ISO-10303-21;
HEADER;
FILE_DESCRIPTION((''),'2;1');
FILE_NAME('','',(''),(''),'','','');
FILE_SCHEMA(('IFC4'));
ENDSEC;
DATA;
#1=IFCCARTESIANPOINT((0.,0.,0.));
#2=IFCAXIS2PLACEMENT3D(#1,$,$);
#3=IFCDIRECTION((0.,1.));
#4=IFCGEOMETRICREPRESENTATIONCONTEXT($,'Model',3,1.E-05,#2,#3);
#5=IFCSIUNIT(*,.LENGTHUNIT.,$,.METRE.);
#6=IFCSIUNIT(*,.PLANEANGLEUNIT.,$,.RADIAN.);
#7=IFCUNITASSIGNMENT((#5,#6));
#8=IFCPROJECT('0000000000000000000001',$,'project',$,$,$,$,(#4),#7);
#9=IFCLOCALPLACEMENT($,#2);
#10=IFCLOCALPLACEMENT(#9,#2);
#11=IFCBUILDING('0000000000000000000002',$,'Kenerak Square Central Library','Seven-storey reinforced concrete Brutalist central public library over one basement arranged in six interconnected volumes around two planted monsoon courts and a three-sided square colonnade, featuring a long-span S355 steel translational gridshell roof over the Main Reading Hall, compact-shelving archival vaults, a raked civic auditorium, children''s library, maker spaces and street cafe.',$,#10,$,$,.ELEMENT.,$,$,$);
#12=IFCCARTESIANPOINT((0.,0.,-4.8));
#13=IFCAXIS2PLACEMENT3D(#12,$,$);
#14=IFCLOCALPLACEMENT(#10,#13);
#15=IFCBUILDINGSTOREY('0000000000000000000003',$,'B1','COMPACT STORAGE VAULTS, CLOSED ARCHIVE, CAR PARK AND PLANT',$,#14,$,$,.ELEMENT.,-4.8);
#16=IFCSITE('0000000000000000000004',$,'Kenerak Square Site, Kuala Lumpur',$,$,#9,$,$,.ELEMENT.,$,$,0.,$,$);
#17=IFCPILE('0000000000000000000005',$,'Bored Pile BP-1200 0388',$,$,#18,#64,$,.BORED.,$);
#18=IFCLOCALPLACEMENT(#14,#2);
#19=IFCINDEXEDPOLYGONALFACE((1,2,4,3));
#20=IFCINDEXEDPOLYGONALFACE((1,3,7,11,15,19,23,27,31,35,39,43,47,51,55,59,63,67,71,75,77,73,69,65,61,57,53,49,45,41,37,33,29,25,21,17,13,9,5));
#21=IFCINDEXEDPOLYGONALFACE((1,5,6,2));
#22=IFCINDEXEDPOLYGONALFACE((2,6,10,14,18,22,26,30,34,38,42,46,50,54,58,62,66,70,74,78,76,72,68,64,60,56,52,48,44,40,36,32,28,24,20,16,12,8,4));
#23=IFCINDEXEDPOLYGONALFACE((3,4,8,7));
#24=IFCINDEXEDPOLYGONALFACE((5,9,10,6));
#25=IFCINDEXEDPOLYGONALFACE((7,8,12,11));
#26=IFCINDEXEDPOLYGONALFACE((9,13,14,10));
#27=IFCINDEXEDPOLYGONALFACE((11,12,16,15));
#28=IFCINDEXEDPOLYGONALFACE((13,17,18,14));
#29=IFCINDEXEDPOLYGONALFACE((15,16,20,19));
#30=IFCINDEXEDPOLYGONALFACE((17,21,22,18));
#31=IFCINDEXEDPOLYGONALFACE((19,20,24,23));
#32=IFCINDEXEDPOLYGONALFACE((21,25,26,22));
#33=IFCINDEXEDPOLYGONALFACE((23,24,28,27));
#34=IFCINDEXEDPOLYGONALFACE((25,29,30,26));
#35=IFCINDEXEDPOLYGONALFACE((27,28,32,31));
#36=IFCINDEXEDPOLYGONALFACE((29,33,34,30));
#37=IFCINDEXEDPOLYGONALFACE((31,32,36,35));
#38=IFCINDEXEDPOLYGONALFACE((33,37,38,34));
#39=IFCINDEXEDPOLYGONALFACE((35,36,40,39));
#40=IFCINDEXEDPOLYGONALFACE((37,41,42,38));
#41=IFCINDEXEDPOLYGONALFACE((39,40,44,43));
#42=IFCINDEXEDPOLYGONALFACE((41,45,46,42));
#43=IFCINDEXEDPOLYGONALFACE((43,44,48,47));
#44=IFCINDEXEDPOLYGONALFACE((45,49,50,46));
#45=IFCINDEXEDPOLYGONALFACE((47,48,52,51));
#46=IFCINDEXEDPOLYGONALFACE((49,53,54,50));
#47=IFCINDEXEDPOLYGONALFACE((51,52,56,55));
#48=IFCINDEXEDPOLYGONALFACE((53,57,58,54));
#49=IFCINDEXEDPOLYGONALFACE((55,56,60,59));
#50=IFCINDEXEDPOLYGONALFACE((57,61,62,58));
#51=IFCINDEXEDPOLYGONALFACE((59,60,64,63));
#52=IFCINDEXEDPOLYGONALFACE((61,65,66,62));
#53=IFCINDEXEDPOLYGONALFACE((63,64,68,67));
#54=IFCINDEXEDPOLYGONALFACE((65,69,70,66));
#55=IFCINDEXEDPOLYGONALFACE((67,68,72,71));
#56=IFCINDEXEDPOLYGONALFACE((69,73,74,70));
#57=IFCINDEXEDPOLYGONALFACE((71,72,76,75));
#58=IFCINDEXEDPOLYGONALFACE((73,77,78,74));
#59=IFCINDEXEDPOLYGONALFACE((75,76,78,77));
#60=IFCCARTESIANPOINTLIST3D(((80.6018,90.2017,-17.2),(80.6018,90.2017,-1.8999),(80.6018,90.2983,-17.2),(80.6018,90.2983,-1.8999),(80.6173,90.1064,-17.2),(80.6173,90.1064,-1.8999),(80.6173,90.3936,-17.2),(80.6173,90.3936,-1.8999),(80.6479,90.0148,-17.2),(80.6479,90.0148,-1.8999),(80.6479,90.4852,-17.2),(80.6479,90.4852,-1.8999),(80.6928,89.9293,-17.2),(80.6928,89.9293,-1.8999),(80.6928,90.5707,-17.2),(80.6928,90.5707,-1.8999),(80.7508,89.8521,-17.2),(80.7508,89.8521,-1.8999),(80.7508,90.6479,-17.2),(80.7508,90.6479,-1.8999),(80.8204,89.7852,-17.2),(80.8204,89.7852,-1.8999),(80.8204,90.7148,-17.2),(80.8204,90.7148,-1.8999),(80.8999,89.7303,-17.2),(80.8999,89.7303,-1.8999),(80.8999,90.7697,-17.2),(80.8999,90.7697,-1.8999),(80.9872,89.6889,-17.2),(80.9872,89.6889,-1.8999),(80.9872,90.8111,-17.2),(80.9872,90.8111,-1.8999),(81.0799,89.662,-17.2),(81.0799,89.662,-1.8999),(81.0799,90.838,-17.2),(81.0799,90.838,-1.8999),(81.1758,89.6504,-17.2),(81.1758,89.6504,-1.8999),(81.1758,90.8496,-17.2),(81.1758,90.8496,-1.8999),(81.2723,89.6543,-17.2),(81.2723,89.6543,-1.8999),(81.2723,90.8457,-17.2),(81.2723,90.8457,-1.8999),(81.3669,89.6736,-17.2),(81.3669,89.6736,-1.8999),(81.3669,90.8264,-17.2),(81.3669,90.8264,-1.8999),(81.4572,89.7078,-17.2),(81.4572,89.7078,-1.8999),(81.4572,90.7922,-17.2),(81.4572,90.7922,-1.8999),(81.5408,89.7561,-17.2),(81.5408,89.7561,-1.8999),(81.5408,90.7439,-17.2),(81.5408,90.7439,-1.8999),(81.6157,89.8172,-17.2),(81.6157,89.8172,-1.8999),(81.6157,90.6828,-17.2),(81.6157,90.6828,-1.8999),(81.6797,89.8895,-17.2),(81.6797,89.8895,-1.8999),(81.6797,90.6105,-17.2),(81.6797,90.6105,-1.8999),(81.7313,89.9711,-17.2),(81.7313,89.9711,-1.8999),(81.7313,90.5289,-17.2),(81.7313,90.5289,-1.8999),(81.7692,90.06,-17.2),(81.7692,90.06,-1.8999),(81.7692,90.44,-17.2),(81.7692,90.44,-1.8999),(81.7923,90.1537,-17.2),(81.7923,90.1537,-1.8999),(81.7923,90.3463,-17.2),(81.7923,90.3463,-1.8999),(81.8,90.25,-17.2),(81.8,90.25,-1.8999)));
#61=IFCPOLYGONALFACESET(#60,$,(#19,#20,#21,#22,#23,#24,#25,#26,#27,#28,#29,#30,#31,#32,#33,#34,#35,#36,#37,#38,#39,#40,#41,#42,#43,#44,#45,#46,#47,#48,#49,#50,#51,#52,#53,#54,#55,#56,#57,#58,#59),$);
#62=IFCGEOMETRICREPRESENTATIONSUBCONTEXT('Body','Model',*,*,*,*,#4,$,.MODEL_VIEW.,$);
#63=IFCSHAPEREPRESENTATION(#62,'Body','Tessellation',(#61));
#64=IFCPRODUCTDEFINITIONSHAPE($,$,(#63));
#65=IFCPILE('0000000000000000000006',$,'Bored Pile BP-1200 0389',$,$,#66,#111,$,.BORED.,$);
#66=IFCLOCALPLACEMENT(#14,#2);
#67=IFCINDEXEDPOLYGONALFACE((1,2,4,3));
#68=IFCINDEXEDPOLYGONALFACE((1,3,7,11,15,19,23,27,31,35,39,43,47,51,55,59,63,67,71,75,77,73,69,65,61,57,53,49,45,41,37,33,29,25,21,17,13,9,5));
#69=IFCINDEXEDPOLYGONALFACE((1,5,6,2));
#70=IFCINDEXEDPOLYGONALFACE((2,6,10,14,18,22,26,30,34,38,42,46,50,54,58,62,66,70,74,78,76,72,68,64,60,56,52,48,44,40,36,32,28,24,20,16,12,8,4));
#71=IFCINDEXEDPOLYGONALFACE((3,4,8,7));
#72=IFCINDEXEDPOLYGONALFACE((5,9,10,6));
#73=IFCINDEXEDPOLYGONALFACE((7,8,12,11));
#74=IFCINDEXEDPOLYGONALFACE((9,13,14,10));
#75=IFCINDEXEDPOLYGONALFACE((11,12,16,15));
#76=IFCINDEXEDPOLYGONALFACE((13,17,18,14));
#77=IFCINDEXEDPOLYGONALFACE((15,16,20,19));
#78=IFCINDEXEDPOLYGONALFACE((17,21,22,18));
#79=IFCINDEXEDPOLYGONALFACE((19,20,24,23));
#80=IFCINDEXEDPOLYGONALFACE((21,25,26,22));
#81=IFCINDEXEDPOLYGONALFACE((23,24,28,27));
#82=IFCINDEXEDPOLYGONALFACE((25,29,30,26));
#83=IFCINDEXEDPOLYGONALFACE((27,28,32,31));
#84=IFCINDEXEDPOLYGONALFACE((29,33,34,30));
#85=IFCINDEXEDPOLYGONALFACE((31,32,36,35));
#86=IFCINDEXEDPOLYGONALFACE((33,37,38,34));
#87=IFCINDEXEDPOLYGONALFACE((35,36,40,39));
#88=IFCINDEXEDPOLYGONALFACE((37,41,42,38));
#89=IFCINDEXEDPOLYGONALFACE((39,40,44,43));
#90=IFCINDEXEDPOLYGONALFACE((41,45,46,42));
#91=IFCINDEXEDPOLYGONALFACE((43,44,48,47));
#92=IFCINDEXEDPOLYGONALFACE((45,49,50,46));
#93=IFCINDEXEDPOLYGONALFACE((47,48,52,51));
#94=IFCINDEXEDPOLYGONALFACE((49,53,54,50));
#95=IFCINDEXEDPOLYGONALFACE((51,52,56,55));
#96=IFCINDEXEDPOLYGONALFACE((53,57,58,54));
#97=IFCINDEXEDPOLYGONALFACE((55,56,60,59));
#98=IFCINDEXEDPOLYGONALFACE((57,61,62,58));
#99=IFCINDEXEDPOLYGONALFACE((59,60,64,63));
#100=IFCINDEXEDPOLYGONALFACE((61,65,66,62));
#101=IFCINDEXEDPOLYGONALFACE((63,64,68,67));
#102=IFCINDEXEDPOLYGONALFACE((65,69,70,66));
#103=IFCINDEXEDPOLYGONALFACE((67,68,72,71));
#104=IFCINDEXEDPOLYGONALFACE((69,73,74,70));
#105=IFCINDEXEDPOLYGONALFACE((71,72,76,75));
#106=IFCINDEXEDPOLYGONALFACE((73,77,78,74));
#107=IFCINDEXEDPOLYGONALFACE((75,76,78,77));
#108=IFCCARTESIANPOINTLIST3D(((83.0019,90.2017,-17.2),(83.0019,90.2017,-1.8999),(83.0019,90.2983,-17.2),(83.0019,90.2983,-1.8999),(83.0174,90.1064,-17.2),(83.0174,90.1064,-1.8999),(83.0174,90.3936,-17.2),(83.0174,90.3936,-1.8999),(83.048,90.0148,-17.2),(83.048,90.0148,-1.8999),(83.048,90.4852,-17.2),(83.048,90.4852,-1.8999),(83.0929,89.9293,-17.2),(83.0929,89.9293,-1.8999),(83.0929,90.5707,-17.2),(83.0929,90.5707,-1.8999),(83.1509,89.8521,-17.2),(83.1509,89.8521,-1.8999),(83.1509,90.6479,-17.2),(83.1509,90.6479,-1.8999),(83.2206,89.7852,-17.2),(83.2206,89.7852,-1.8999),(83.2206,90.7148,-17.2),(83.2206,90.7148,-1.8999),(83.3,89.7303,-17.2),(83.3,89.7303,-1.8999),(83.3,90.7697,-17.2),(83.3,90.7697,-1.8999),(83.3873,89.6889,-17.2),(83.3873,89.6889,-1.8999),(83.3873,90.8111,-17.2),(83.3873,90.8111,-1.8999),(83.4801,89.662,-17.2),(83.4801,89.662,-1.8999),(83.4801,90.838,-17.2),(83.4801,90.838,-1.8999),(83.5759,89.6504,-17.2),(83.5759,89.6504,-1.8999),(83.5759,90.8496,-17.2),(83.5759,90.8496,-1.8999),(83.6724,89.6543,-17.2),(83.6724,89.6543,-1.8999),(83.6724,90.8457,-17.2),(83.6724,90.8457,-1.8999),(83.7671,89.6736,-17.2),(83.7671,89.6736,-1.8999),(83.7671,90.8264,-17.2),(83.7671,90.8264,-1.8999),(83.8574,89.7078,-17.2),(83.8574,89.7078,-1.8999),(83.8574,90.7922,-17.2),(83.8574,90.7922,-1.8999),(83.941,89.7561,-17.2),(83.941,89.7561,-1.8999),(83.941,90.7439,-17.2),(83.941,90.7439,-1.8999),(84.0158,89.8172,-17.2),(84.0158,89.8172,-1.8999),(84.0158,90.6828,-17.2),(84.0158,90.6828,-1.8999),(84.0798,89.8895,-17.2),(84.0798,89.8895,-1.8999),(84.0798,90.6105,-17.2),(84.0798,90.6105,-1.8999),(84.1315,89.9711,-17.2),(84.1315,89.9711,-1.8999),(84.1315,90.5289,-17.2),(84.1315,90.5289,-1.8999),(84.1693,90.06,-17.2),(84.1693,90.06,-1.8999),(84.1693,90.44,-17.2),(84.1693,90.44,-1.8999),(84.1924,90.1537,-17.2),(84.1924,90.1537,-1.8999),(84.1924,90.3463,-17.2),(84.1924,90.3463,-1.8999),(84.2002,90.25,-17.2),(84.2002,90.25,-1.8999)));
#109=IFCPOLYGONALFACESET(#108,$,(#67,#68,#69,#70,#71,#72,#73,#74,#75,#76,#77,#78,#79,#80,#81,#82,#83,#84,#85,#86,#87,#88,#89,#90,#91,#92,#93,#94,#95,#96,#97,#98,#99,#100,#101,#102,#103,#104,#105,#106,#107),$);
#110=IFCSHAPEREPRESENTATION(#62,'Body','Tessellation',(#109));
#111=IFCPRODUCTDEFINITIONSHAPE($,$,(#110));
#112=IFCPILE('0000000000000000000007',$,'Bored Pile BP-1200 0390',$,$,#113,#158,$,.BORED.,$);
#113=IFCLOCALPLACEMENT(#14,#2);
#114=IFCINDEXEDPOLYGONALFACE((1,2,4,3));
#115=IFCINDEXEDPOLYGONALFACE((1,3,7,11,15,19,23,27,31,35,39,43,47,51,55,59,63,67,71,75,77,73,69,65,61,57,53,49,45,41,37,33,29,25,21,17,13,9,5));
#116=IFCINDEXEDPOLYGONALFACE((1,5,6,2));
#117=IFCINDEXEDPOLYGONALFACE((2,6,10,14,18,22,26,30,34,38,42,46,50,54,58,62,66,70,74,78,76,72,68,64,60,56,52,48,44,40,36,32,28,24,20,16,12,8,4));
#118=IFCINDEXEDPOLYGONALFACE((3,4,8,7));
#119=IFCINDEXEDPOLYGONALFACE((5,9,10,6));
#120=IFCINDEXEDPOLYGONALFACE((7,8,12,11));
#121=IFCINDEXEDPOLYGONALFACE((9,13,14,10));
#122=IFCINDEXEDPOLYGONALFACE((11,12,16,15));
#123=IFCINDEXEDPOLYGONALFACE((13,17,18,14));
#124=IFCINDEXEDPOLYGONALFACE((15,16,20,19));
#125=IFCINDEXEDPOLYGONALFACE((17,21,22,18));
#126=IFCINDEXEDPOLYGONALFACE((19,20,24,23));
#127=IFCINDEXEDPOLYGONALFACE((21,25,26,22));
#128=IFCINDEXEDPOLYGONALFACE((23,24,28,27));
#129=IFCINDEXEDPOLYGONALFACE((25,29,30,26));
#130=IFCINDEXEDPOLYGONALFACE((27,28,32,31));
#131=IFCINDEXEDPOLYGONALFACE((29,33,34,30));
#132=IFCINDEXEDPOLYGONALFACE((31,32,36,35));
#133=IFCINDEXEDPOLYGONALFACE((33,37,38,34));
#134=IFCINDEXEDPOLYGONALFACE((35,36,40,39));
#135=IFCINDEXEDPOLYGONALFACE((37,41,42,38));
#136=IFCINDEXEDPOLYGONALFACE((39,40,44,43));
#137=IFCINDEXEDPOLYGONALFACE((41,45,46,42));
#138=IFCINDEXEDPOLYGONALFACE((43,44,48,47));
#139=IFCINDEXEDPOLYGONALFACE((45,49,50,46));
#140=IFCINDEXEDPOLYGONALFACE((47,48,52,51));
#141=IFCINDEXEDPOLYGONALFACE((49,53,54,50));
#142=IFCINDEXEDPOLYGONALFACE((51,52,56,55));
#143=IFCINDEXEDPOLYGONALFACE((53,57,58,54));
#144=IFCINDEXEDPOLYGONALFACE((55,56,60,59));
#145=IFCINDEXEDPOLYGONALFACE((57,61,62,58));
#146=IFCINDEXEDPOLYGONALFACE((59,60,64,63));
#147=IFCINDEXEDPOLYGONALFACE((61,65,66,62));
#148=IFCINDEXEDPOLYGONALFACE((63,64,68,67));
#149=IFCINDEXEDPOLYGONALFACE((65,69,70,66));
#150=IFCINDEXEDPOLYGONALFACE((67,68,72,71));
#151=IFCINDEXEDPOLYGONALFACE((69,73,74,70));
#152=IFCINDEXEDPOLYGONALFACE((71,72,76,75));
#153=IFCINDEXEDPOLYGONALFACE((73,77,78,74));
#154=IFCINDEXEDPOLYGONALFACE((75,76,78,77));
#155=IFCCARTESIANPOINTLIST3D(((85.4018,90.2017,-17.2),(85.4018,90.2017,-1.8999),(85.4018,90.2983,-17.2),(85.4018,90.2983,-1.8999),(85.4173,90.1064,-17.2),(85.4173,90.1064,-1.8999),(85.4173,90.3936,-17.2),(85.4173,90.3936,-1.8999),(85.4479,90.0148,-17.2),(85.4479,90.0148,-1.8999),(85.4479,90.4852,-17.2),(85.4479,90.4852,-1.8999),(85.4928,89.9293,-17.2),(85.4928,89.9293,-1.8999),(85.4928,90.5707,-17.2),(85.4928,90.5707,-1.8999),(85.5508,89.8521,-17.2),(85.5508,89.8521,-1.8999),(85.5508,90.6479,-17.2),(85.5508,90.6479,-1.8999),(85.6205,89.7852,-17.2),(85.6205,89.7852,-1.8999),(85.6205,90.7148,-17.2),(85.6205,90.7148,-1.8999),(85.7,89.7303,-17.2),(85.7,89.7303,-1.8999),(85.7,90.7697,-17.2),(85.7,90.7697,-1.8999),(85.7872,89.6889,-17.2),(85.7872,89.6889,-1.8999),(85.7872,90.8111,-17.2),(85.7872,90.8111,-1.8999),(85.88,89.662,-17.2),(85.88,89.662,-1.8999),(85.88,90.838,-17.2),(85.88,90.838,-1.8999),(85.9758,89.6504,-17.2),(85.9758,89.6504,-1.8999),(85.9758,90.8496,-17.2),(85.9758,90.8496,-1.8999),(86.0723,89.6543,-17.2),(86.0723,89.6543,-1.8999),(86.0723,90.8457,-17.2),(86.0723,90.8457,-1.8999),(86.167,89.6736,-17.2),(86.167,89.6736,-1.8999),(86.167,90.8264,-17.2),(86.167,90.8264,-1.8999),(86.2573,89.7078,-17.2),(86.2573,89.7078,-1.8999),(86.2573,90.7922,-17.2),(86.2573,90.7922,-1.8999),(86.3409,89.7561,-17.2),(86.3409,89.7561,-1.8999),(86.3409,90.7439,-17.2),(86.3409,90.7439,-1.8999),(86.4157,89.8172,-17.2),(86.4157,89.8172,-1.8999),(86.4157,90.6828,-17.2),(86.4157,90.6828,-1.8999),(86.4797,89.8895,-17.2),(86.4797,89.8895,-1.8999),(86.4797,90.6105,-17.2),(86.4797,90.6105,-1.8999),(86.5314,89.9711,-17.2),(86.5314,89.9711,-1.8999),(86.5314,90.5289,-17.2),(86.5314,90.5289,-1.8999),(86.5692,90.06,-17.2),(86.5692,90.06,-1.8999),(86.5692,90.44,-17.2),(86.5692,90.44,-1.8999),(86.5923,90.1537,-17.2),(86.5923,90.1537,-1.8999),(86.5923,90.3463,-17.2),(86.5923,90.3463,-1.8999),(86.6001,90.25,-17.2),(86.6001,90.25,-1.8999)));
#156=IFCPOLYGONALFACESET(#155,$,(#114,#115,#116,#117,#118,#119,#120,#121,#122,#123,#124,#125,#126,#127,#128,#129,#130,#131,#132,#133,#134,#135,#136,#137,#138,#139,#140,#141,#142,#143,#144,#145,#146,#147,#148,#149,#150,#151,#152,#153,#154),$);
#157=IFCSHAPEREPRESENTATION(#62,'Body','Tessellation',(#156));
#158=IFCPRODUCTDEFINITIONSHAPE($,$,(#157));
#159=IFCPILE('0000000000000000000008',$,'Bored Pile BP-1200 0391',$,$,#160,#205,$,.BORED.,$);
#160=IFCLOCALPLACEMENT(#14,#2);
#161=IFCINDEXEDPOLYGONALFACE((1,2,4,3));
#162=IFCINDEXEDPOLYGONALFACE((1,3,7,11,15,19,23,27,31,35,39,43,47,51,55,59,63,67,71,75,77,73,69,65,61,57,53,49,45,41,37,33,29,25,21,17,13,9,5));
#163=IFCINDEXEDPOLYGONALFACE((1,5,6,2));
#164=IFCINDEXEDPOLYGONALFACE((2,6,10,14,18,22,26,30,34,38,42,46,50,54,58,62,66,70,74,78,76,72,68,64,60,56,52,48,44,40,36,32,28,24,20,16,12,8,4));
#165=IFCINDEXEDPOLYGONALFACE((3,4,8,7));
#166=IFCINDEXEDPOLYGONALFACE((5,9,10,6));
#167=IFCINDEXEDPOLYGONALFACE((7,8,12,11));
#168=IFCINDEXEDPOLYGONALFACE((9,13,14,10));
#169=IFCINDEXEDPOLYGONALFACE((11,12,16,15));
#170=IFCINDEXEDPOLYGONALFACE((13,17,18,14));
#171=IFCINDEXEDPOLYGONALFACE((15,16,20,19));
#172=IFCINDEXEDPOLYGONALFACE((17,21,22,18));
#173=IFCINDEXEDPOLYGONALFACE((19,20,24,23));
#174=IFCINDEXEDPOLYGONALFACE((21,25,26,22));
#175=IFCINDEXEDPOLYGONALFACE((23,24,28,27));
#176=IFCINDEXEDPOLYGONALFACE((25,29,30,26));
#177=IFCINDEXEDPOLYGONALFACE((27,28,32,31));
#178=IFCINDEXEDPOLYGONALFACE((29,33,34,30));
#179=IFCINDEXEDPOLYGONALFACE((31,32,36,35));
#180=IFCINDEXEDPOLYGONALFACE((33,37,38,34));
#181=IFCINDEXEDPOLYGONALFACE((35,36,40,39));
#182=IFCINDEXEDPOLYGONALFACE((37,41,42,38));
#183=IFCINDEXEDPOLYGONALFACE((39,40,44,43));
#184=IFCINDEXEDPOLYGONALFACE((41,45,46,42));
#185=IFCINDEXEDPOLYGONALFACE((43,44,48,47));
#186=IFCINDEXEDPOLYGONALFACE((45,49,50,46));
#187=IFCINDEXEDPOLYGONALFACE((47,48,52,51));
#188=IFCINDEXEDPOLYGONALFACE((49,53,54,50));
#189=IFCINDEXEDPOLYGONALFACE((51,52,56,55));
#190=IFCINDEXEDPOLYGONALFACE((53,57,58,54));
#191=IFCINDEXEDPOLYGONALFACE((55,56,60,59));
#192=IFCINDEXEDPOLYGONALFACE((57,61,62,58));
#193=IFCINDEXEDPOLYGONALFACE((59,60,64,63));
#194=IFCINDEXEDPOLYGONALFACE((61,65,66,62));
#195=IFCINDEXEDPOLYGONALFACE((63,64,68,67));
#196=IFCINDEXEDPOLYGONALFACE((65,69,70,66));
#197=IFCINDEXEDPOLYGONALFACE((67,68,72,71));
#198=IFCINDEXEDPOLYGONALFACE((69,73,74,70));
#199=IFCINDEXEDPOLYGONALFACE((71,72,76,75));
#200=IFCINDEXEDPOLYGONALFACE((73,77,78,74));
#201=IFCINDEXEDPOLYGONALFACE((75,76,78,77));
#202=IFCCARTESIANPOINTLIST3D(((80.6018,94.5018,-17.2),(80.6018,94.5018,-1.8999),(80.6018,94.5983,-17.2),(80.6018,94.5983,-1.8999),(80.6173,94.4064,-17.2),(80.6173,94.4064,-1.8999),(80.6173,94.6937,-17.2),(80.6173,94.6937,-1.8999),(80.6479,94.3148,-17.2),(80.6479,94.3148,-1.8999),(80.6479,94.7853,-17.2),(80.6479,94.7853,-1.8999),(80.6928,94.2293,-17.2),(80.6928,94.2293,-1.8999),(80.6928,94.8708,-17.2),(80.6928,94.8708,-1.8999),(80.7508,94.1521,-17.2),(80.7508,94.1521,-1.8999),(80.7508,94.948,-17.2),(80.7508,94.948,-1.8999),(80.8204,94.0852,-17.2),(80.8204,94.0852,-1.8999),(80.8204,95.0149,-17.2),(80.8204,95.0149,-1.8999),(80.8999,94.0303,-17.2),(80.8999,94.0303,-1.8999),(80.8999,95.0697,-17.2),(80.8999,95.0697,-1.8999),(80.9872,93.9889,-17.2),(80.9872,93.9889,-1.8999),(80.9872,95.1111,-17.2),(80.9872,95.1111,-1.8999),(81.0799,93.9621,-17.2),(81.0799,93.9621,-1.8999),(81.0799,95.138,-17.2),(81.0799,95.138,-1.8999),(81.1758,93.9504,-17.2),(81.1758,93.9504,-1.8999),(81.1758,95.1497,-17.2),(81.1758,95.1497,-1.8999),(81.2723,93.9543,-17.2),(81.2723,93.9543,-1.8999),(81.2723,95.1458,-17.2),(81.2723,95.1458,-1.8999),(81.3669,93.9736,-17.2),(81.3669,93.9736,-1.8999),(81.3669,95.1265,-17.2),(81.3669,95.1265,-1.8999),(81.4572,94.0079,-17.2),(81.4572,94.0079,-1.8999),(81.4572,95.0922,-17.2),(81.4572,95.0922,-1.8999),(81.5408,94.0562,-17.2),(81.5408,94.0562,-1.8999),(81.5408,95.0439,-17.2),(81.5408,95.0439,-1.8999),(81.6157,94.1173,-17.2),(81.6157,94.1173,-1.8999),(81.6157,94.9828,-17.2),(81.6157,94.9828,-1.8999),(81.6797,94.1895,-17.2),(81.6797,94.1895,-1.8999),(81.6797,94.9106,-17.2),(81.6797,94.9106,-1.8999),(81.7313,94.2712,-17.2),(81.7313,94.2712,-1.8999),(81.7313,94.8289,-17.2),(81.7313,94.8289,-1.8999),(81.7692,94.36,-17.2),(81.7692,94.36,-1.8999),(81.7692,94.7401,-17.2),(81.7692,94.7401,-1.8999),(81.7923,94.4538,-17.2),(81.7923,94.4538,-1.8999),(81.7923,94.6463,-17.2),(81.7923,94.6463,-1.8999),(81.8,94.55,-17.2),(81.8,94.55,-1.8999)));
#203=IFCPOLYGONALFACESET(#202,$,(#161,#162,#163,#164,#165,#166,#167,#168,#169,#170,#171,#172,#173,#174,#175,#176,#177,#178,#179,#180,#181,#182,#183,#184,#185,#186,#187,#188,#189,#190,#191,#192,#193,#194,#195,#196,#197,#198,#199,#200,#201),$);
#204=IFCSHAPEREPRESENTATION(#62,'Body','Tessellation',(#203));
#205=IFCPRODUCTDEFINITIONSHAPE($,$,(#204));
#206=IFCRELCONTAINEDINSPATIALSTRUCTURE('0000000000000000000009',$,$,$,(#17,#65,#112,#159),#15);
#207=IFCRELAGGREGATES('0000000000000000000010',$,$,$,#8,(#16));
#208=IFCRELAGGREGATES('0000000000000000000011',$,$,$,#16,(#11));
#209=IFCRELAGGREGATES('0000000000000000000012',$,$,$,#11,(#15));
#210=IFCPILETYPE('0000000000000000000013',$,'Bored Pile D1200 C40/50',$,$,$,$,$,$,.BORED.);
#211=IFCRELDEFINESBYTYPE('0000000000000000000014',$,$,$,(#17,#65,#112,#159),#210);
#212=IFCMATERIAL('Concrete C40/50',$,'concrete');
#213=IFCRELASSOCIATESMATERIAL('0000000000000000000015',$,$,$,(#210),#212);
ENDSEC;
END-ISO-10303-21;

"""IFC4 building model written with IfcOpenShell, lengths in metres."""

from ifc_helpers import new_model, si_unit, direction, frame, origin, origin_2d, place, context, subcontext, project, spatial, circle, extrude, material, material_profile, profile_set, type_object, element, save


model = new_model("IFC4")

# Units and contexts
model_context = context("Model", 3, precision=1e-05, world=origin(), true_north=direction((0.0, 1.0)))
body_context = subcontext(model_context, "Body", "Model", "MODEL_VIEW")
ifc_project = project(units=[si_unit("LENGTHUNIT", "METRE"), si_unit("PLANEANGLEUNIT", "RADIAN")], contexts=[model_context])

# Site, building, storey
site_placement = place(None, origin())
site = spatial("IfcSite", under=ifc_project, at=site_placement, Name="Kenerak Square Site, Kuala Lumpur", CompositionType="ELEMENT", RefElevation=0.0)
building_placement = place(site_placement, origin())
building = spatial("IfcBuilding", under=site, at=building_placement, Name="Kenerak Square Central Library", Description="Seven-storey reinforced concrete Brutalist central public library over one basement arranged in six interconnected volumes around two planted monsoon courts and a three-sided square colonnade, featuring a long-span S355 steel translational gridshell roof over the Main Reading Hall, compact-shelving archival vaults, a raked civic auditorium, children's library, maker spaces and street cafe.", CompositionType="ELEMENT")
storey_placement = place(building_placement, frame((0.0, 0.0, -4.8)))
storey = spatial("IfcBuildingStorey", under=building, at=storey_placement, Name="B1", Description="COMPACT STORAGE VAULTS, CLOSED ARCHIVE, CAR PARK AND PLANT", CompositionType="ELEMENT", Elevation=-4.8)

# Piles
ifc_material_1 = material(Name="Concrete C40/50", Category="concrete")
ifc_material_profile_1 = material_profile(ifc_material_1, circle(Radius=0.6001, at=origin_2d()), Name="BP D1200")
ifc_profile_set_1 = profile_set([ifc_material_profile_1], Name="Concrete C40/50")
pile_type = type_object("IfcPileType", Name="Bored Pile D1200 C40/50", PredefinedType="BORED", material=ifc_profile_set_1)
for number, where, z_axis, x_axis, name in (
    (1, (81.2, 90.25, -1.8999), (0.0, 0.0, -1.0), (1.0, 0.0, 0.0), "Bored Pile BP-1200 0388"),
    (2, (83.6001, 90.25, -1.8999), (0.0, 0.0, -1.0), (1.0, 0.0, 0.0), "Bored Pile BP-1200 0389"),
    (3, (86.0, 90.25, -1.8999), (0.0, 0.0, -1.0), (1.0, 0.0, 0.0), "Bored Pile BP-1200 0390"),
    (4, (81.2, 94.55, -1.8999), (0.0, 0.0, -1.0), (1.0, 0.0, 0.0), "Bored Pile BP-1200 0391"),
):
    element("IfcPile", number, at=place(storey_placement, frame(where, z_axis=z_axis, x_axis=x_axis)), inside=storey, type_object=pile_type, Name=name, PredefinedType="BORED", context=body_context, shape_type="SweptSolid", body=[
        extrude(circle(Radius=0.6001, at=origin_2d()), origin(), (0.0, 0.0, 1.0), 15.3),
    ])

save(model, "model.ifc")
